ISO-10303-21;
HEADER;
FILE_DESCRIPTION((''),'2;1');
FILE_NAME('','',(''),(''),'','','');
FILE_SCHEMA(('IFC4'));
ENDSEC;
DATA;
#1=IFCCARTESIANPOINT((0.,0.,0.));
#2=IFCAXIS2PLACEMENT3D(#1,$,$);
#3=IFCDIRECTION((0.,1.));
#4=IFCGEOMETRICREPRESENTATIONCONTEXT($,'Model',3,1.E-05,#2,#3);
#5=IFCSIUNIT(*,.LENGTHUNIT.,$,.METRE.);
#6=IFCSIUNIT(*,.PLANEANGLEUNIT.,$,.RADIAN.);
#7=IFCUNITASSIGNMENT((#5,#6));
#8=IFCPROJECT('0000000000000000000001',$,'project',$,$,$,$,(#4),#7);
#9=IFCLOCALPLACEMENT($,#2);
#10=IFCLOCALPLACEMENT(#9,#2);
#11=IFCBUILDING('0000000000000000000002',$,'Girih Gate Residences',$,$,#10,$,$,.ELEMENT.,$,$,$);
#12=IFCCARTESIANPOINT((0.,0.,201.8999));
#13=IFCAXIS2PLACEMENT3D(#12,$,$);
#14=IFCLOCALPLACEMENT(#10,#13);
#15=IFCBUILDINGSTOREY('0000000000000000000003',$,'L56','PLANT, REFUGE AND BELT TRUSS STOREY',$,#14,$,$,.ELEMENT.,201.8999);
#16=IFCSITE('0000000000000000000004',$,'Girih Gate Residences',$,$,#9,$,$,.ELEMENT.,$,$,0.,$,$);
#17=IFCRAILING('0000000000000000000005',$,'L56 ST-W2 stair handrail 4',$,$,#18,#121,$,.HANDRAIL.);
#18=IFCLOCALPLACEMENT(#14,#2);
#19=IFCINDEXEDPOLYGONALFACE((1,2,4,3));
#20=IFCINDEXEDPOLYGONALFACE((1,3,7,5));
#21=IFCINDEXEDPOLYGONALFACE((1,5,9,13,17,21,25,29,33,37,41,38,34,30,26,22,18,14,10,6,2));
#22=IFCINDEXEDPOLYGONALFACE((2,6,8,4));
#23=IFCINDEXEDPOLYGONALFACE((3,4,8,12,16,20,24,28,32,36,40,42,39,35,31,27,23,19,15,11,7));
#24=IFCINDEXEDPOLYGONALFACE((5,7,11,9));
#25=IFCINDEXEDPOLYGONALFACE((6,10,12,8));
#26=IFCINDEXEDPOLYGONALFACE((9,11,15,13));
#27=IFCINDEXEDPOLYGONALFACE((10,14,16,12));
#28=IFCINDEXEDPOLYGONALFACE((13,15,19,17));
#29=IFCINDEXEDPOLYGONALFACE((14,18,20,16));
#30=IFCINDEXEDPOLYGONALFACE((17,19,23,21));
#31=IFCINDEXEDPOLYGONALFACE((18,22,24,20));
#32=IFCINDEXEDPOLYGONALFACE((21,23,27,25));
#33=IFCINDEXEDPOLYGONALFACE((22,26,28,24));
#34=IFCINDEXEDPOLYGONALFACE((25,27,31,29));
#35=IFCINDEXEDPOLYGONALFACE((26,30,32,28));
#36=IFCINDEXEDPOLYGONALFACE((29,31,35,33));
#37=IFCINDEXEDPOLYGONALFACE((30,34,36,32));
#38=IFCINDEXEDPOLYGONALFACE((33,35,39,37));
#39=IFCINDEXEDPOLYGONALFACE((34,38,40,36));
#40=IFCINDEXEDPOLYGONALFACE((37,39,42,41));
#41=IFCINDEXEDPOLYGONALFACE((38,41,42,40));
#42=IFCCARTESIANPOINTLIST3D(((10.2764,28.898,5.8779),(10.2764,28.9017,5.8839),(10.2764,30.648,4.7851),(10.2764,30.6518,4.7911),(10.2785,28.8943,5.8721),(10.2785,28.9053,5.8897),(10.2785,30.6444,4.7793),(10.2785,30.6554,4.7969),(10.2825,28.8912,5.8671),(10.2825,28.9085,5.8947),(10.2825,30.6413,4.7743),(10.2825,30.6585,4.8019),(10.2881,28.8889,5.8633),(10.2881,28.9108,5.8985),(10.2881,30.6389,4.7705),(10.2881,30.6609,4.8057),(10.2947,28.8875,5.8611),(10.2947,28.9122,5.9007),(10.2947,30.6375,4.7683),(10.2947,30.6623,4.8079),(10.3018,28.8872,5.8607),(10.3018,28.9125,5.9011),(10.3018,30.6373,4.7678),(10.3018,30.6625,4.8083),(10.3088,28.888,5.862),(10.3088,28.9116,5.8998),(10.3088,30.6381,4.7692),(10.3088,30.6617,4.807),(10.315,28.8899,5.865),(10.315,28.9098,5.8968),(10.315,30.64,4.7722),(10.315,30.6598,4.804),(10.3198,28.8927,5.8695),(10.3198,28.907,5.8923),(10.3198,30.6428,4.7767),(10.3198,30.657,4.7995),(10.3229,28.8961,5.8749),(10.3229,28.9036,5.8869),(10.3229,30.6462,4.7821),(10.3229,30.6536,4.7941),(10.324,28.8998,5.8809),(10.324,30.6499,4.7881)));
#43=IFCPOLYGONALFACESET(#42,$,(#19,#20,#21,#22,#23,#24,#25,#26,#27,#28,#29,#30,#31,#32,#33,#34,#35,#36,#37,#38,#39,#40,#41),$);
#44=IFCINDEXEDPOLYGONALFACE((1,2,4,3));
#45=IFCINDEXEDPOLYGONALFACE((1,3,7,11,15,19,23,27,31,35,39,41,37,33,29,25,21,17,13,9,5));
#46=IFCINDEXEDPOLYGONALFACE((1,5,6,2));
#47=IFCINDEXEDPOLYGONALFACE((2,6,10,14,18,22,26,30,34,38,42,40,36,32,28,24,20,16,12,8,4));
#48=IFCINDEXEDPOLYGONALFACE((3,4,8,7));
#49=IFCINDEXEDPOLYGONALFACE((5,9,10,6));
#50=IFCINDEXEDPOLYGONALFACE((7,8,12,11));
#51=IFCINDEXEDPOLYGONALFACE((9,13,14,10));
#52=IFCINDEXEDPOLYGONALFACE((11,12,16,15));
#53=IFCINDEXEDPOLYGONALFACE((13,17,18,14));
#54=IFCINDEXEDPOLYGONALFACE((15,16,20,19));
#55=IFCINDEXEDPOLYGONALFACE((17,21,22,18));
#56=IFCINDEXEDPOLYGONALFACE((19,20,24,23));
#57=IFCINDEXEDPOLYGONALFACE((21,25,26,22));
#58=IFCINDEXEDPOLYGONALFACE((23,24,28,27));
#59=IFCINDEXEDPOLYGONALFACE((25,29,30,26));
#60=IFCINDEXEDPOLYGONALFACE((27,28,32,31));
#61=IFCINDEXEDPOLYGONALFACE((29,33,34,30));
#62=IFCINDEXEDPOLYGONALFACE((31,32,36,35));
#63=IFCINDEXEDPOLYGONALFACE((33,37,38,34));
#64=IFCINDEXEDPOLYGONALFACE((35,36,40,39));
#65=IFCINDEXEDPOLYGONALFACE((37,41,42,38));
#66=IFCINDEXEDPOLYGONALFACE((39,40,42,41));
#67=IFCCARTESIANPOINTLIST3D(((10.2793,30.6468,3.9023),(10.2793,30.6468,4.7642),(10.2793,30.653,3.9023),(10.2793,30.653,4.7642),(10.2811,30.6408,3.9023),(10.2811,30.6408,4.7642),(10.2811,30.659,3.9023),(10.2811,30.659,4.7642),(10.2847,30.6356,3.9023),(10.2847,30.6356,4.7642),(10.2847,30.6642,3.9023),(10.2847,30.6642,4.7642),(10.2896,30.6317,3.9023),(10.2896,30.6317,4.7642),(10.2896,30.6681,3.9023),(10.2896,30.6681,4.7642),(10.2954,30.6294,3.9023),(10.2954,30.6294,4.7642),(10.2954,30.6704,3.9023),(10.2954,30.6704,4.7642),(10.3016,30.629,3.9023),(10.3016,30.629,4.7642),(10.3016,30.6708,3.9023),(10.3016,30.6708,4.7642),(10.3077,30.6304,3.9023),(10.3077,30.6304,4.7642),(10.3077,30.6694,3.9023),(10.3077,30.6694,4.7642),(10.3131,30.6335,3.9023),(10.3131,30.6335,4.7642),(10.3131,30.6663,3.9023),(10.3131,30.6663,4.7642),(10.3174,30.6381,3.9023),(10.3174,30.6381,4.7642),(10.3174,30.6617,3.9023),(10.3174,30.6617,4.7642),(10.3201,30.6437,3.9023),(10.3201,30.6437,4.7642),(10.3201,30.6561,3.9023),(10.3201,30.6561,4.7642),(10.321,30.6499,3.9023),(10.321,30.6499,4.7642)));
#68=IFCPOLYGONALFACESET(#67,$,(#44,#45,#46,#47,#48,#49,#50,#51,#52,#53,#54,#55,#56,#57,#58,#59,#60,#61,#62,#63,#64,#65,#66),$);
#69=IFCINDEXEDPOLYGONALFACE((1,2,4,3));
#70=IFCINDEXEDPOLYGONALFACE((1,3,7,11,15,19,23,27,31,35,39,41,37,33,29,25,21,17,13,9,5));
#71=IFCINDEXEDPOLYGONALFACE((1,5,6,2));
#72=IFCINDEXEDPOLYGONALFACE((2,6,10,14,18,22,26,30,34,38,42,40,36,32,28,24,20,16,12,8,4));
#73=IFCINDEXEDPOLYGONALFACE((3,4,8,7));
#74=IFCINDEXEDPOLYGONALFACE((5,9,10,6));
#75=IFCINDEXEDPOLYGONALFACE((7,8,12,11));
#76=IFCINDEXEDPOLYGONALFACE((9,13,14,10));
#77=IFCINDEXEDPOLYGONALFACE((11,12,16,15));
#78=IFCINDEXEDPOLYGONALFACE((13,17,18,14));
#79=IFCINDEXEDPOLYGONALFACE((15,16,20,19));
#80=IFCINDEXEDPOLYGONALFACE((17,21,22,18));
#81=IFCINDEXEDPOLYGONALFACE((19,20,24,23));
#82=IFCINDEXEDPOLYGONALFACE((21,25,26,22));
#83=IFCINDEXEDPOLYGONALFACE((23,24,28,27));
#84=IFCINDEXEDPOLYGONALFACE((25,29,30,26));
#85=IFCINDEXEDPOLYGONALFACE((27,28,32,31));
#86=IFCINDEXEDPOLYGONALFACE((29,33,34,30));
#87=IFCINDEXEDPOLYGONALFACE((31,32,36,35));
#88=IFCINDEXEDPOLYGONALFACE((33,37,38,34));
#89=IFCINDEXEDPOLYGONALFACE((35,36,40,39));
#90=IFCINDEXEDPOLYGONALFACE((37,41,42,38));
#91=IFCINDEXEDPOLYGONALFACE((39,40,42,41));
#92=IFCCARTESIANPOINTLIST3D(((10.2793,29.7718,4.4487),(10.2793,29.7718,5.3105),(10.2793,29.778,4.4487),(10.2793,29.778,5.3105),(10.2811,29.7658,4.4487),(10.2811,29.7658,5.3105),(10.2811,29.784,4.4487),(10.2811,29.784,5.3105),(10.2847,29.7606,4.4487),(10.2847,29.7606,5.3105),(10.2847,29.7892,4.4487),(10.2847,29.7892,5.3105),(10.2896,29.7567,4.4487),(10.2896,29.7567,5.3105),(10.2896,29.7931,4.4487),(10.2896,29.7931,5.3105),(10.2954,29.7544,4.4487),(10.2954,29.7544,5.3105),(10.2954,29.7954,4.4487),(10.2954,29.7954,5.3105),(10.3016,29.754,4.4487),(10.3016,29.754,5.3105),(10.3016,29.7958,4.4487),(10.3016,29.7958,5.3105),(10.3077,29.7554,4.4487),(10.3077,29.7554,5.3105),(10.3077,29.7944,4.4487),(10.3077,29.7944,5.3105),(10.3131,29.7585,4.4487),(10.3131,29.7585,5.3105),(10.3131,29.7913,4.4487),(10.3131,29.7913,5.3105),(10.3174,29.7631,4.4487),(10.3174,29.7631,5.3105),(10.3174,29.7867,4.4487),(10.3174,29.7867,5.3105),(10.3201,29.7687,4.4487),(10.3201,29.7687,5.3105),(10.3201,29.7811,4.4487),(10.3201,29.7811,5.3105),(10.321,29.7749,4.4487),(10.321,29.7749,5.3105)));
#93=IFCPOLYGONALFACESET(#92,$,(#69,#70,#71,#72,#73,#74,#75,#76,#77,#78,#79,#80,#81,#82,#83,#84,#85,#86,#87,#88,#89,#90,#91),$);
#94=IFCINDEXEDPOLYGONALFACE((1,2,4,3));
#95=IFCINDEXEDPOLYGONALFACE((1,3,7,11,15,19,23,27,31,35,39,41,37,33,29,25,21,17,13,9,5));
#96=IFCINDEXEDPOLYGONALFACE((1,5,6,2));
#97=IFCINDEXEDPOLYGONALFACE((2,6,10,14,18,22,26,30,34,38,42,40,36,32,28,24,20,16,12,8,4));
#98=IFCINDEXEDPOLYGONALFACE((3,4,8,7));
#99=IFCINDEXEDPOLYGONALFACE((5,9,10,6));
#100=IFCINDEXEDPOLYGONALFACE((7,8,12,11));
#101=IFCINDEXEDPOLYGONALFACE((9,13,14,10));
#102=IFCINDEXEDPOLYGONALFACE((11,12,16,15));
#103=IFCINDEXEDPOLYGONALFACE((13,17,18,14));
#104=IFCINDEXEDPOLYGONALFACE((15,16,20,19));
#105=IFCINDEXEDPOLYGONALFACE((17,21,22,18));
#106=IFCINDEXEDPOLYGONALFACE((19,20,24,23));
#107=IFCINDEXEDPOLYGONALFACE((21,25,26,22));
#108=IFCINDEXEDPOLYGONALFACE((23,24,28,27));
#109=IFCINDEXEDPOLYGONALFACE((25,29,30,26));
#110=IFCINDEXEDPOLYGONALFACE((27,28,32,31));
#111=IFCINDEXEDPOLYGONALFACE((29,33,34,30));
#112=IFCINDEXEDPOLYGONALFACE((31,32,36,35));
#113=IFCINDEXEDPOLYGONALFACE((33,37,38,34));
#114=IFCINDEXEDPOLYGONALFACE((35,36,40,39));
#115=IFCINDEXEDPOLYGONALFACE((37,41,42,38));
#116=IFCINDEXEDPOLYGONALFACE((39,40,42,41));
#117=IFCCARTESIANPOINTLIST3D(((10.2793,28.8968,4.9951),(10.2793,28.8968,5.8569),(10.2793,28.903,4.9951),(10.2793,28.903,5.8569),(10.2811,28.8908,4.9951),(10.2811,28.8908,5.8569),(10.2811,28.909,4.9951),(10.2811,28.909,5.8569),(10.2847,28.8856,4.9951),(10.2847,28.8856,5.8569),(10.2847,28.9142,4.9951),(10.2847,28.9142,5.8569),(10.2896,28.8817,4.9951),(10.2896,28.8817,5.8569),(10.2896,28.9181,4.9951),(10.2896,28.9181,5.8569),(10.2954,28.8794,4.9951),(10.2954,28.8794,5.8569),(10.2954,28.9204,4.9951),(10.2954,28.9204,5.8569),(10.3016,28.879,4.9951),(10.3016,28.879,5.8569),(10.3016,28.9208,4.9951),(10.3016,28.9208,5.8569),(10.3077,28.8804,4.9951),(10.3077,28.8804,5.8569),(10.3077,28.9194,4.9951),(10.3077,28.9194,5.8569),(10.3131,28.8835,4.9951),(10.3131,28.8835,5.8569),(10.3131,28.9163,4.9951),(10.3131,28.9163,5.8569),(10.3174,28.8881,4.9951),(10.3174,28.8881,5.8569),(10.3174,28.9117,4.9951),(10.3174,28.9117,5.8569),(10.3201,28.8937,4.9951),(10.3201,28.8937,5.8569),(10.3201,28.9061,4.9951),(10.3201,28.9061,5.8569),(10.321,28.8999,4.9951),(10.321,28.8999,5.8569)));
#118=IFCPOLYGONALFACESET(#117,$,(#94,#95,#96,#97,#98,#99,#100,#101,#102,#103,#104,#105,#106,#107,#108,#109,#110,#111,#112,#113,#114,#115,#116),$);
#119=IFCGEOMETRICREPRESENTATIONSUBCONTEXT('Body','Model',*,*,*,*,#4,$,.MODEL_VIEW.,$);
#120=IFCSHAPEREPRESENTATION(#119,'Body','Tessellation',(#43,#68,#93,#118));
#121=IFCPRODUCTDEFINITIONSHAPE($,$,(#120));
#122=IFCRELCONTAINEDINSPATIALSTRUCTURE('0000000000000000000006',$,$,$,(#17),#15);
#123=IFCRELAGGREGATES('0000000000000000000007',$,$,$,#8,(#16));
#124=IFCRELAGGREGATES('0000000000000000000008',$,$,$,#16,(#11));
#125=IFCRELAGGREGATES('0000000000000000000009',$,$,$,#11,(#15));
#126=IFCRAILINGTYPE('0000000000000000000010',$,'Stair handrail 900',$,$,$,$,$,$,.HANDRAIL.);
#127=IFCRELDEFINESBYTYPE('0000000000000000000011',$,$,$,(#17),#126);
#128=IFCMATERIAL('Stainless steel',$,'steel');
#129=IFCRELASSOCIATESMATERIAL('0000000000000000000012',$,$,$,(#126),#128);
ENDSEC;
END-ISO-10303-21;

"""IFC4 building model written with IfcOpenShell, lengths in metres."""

from ifc_helpers import new_model, si_unit, direction, frame, origin, origin_2d, place, context, subcontext, project, spatial, circle, extrude, material, type_object, element, save


model = new_model("IFC4")

# Units and contexts
model_context = context("Model", 3, precision=1e-05, world=origin(), true_north=direction((0.0, 1.0)))
body_context = subcontext(model_context, "Body", "Model", "MODEL_VIEW")
ifc_project = project(units=[si_unit("LENGTHUNIT", "METRE"), si_unit("PLANEANGLEUNIT", "RADIAN")], contexts=[model_context])

# Site, building, storey
site_placement = place(None, origin())
site = spatial("IfcSite", under=ifc_project, at=site_placement, Name="Girih Gate Residences", CompositionType="ELEMENT", RefElevation=0.0)
building_placement = place(site_placement, origin())
building = spatial("IfcBuilding", under=site, at=building_placement, Name="Girih Gate Residences", CompositionType="ELEMENT")
storey_placement = place(building_placement, frame((0.0, 0.0, 201.8999)))
storey = spatial("IfcBuildingStorey", under=building, at=storey_placement, Name="L56", Description="PLANT, REFUGE AND BELT TRUSS STOREY", CompositionType="ELEMENT", Elevation=201.8999)

# Railing
ifc_material_1 = material(Name="Stainless steel", Category="steel")
railing_type_1 = type_object("IfcRailingType", Name="Stair handrail 900", PredefinedType="HANDRAIL", material=ifc_material_1)
railing_1_placement = place(storey_placement, frame((10.3, 30.6499, 3.9023)))
element("IfcRailing", 1, at=railing_1_placement, inside=storey, type_object=railing_type_1, Name="L56 ST-W2 stair handrail 4", PredefinedType="HANDRAIL", context=body_context, shape_type="SweptSolid", body=[
    extrude(circle(Radius=0.0239, at=origin_2d()), frame((0.0, 0.0, 0.8857), z_axis=(0.0, -0.848211, 0.529659), x_axis=(1.0, 0.0, 0.0)), (0.0, 0.0, 1.0), 2.0632),
    extrude(circle(Radius=0.021, at=origin_2d()), origin(), (0.0, 0.0, 1.0), 0.8618),
    extrude(circle(Radius=0.021, at=origin_2d()), frame((0.0, -0.875, 0.5464)), (0.0, 0.0, 1.0), 0.8618),
    extrude(circle(Radius=0.021, at=origin_2d()), frame((0.0, -1.75, 1.0928)), (0.0, 0.0, 1.0), 0.8618),
])

save(model, "model.ifc")
